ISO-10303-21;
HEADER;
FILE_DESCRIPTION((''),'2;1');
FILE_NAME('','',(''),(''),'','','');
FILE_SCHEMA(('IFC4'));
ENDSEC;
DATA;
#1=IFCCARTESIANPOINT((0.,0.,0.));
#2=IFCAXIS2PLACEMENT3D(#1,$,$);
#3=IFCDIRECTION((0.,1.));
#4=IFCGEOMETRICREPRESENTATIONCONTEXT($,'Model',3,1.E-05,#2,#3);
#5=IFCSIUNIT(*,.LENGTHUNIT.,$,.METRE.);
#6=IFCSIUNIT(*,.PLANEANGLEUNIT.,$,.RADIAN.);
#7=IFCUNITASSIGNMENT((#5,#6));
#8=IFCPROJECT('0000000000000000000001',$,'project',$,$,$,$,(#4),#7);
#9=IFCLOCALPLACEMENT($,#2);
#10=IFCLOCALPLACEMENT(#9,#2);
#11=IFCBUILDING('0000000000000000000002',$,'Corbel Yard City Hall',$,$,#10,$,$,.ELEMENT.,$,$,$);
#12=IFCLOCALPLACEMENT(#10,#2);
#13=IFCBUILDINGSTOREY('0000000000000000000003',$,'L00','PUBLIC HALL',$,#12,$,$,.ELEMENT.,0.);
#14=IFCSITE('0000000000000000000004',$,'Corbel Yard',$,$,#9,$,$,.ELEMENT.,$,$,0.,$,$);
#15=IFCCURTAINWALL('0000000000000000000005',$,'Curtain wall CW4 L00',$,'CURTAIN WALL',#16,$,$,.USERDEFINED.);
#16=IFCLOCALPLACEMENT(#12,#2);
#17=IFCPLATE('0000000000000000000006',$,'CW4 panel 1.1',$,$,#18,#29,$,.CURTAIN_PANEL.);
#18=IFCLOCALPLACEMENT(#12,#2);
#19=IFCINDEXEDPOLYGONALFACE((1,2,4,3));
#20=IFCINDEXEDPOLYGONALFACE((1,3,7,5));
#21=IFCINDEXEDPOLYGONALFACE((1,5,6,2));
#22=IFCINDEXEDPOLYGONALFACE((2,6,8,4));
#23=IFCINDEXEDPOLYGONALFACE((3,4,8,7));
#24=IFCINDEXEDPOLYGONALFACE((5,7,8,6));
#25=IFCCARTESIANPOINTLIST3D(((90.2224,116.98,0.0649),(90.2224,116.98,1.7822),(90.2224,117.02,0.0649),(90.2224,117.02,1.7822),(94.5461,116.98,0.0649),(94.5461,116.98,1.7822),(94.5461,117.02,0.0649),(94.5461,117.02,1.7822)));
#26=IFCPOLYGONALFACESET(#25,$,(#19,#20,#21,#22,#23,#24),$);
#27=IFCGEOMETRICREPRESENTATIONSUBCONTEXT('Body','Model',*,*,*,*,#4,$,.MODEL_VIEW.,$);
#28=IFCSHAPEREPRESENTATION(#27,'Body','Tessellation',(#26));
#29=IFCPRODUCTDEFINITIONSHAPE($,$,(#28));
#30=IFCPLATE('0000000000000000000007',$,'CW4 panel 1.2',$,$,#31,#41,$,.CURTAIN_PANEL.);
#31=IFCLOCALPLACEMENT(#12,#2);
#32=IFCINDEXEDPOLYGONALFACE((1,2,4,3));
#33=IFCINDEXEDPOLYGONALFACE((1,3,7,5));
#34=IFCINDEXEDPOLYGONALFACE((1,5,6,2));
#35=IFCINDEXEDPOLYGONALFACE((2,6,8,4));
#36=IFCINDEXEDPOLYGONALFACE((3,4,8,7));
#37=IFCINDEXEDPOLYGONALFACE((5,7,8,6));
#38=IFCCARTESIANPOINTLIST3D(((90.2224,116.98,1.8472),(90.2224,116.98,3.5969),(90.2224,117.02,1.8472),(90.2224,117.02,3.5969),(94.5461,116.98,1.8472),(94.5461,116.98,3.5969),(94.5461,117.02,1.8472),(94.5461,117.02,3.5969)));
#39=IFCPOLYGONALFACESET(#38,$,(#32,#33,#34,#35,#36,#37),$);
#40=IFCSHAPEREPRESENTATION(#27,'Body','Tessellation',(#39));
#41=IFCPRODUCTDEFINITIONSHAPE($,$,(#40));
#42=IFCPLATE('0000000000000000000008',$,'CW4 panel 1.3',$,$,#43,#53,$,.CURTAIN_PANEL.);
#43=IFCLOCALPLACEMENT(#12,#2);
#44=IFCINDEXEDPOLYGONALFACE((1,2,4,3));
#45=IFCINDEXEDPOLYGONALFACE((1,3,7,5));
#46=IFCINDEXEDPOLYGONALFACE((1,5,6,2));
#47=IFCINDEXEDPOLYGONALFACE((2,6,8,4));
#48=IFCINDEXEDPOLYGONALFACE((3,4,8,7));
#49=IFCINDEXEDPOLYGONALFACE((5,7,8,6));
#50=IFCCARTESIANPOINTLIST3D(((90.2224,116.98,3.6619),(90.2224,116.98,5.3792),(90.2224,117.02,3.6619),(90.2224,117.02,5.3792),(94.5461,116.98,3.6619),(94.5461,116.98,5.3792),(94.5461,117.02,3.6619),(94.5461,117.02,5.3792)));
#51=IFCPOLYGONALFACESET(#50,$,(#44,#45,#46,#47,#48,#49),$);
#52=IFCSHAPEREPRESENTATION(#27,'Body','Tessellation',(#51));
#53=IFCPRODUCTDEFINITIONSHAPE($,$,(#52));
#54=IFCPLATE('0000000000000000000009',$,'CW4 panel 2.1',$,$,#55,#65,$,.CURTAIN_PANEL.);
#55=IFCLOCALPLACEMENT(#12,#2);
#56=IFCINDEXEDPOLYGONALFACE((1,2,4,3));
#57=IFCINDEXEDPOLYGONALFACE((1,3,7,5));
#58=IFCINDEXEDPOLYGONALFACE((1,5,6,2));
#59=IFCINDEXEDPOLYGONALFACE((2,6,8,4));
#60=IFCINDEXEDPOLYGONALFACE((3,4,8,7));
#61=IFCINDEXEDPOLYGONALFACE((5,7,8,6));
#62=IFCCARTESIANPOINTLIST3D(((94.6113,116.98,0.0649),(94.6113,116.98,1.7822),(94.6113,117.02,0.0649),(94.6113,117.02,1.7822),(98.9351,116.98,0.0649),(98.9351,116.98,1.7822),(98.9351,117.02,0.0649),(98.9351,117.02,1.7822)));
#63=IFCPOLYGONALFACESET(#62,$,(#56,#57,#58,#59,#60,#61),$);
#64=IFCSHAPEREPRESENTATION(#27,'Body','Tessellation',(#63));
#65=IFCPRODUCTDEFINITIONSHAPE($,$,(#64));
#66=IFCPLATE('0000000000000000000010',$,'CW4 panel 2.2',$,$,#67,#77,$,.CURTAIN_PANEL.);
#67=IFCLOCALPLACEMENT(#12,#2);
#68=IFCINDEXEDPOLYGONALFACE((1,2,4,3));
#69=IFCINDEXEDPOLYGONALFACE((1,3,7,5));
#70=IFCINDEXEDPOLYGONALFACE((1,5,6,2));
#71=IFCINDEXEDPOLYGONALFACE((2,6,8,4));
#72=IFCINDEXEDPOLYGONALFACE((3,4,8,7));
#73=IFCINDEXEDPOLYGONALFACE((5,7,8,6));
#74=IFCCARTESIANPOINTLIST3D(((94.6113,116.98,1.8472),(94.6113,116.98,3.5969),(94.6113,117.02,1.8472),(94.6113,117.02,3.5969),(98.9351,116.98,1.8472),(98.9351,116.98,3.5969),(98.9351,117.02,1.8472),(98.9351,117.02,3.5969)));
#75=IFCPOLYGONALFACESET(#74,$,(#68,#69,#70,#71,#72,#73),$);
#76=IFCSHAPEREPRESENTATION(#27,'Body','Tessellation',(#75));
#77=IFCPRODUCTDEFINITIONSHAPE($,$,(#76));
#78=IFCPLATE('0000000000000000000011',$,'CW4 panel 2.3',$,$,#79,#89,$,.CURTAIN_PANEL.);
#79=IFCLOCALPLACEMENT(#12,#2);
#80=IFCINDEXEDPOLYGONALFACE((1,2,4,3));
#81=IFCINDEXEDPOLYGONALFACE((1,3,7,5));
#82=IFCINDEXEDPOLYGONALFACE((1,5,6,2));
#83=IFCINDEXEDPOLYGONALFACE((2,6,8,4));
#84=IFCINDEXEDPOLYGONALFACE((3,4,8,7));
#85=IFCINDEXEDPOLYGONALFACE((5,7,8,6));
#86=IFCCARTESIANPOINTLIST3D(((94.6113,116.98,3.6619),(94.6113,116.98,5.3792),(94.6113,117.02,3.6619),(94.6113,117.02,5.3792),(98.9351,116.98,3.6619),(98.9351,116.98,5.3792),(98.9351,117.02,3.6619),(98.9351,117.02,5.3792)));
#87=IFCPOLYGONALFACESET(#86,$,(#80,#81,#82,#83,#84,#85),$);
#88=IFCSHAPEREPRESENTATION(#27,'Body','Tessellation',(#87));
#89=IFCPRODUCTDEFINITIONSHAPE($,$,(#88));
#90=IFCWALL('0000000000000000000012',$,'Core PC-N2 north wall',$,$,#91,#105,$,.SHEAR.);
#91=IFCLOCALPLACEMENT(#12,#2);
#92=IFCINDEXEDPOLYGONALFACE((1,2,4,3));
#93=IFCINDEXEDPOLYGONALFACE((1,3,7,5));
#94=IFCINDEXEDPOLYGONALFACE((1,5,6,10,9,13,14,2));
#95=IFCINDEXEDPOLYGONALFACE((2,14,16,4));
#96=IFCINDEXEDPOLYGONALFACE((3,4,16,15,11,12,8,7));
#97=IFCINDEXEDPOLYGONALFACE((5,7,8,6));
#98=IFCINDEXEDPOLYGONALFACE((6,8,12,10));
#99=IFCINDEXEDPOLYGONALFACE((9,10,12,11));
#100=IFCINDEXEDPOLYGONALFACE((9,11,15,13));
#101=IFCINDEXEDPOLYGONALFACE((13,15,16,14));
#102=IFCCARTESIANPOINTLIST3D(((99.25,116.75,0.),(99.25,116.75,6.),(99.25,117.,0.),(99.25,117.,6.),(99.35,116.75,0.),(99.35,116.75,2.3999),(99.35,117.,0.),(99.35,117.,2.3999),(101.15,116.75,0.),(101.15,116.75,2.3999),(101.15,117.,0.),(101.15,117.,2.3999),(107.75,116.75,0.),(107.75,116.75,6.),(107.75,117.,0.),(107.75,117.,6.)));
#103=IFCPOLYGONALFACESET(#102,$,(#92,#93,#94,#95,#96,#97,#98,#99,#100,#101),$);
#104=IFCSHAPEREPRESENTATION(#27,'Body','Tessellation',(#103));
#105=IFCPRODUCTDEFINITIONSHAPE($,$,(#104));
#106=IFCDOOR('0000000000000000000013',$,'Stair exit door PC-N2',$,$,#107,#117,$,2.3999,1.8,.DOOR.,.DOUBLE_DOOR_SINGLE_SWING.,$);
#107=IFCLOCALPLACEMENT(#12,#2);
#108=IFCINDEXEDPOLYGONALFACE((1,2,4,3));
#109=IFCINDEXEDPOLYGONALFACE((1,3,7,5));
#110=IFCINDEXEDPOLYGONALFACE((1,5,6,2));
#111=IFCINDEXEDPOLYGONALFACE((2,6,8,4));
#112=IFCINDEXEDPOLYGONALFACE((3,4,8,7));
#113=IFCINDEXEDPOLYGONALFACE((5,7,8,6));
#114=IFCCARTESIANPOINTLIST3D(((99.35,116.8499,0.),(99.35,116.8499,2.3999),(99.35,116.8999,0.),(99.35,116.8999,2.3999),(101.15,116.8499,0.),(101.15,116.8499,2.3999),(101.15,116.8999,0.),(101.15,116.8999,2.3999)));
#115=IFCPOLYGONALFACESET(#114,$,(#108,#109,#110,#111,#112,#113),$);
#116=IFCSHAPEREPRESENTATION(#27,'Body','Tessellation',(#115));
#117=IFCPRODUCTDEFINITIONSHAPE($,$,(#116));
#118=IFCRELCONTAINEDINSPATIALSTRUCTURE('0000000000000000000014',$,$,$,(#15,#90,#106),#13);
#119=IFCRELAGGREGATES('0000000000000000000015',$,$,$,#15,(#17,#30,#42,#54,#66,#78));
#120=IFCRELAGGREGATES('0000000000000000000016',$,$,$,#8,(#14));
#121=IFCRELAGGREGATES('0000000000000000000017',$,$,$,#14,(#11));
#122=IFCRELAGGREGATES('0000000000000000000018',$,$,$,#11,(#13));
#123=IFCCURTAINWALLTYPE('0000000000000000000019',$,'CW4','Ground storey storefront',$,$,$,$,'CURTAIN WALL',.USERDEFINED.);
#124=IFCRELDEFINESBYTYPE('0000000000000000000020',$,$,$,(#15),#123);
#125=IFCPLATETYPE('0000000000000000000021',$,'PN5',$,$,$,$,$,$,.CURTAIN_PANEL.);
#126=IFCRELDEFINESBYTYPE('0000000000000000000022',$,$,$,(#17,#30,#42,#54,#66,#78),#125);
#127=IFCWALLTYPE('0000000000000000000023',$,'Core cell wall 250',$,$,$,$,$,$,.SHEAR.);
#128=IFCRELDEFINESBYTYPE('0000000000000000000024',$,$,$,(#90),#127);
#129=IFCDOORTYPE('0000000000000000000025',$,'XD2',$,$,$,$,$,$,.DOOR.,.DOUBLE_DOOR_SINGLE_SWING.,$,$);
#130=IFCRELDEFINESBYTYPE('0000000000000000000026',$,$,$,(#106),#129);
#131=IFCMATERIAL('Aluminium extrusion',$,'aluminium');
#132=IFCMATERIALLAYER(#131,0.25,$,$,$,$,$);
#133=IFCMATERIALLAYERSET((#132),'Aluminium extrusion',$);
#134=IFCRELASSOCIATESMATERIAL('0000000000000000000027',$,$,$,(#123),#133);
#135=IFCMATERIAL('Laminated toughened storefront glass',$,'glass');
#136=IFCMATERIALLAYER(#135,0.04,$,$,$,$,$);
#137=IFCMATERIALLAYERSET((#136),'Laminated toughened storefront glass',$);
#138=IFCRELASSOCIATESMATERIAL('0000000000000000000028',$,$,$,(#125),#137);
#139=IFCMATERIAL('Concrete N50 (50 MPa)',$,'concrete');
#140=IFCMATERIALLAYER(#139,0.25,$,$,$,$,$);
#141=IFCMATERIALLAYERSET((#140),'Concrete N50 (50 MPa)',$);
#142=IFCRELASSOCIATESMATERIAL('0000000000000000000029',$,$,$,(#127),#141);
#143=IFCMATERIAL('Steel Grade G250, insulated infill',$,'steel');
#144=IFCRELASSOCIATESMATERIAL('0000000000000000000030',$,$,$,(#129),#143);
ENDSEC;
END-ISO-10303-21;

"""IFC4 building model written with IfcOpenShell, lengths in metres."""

from ifc_helpers import new_model, si_unit, direction, frame, frame_2d, origin, origin_2d, place, context, subcontext, project, spatial, rectangle, extrude, material, layer, layer_set, type_object, element, fill, aggregate, save


model = new_model("IFC4")

# Units and contexts
model_context = context("Model", 3, precision=1e-05, world=origin(), true_north=direction((0.0, 1.0)))
body_context = subcontext(model_context, "Body", "Model", "MODEL_VIEW")
ifc_project = project(units=[si_unit("LENGTHUNIT", "METRE"), si_unit("PLANEANGLEUNIT", "RADIAN")], contexts=[model_context])

# Site, building, storey
site_placement = place(None, origin())
site = spatial("IfcSite", under=ifc_project, at=site_placement, Name="Corbel Yard", CompositionType="ELEMENT", RefElevation=0.0)
building_placement = place(site_placement, origin())
building = spatial("IfcBuilding", under=site, at=building_placement, Name="Corbel Yard City Hall", CompositionType="ELEMENT")
storey_placement = place(building_placement, origin())
storey = spatial("IfcBuildingStorey", under=building, at=storey_placement, Name="L00", Description="PUBLIC HALL", CompositionType="ELEMENT", Elevation=0.0)

# Curtain wall, plates
ifc_material_1 = material(Name="Aluminium extrusion", Category="aluminium")
ifc_layer_1 = layer(ifc_material_1, 0.25)
ifc_layer_set_1 = layer_set([ifc_layer_1], Name="Aluminium extrusion")
curtain_wall_type = type_object("IfcCurtainWallType", Name="CW4", Description="Ground storey storefront", ElementType="CURTAIN WALL", PredefinedType="USERDEFINED", material=ifc_layer_set_1)
curtain_wall_placement = place(storey_placement, origin())
curtain_wall = element("IfcCurtainWall", 1, at=curtain_wall_placement, inside=storey, type_object=curtain_wall_type, Name="Curtain wall CW4 L00", ObjectType="CURTAIN WALL", PredefinedType="USERDEFINED")
ifc_material_2 = material(Name="Laminated toughened storefront glass", Category="glass")
ifc_layer_2 = layer(ifc_material_2, 0.04)
ifc_layer_set_2 = layer_set([ifc_layer_2], Name="Laminated toughened storefront glass")
plate_type = type_object("IfcPlateType", Name="PN5", PredefinedType="CURTAIN_PANEL", material=ifc_layer_set_2)
plate_1_placement = place(storey_placement, frame((92.3843, 117.0, 0.0649), z_axis=(0.0, 0.0, 1.0), x_axis=(1.0, 0.0, 0.0)))
plate_1 = element("IfcPlate", 2, at=plate_1_placement, type_object=plate_type, Name="CW4 panel 1.1", PredefinedType="CURTAIN_PANEL", context=body_context, shape_type="SweptSolid", body=[
    extrude(rectangle(XDim=4.3237, YDim=0.04, at=origin_2d()), origin(), (0.0, 0.0, 1.0), 1.7173),
])
plate_2_placement = place(storey_placement, frame((92.3843, 117.0, 1.8472), z_axis=(0.0, 0.0, 1.0), x_axis=(1.0, 0.0, 0.0)))
plate_2 = element("IfcPlate", 3, at=plate_2_placement, type_object=plate_type, Name="CW4 panel 1.2", PredefinedType="CURTAIN_PANEL", context=body_context, shape_type="SweptSolid", body=[
    extrude(rectangle(XDim=4.3237, YDim=0.04, at=origin_2d()), origin(), (0.0, 0.0, 1.0), 1.7498),
])
plate_3_placement = place(storey_placement, frame((92.3843, 117.0, 3.6619), z_axis=(0.0, 0.0, 1.0), x_axis=(1.0, 0.0, 0.0)))
plate_3 = element("IfcPlate", 4, at=plate_3_placement, type_object=plate_type, Name="CW4 panel 1.3", PredefinedType="CURTAIN_PANEL", context=body_context, shape_type="SweptSolid", body=[
    extrude(rectangle(XDim=4.3237, YDim=0.04, at=origin_2d()), origin(), (0.0, 0.0, 1.0), 1.7173),
])
plate_4_placement = place(storey_placement, frame((96.7732, 117.0, 0.0649), z_axis=(0.0, 0.0, 1.0), x_axis=(1.0, 0.0, 0.0)))
plate_4 = element("IfcPlate", 5, at=plate_4_placement, type_object=plate_type, Name="CW4 panel 2.1", PredefinedType="CURTAIN_PANEL", context=body_context, shape_type="SweptSolid", body=[
    extrude(rectangle(XDim=4.3237, YDim=0.04, at=origin_2d()), origin(), (0.0, 0.0, 1.0), 1.7173),
])
plate_5_placement = place(storey_placement, frame((96.7732, 117.0, 1.8472), z_axis=(0.0, 0.0, 1.0), x_axis=(1.0, 0.0, 0.0)))
plate_5 = element("IfcPlate", 6, at=plate_5_placement, type_object=plate_type, Name="CW4 panel 2.2", PredefinedType="CURTAIN_PANEL", context=body_context, shape_type="SweptSolid", body=[
    extrude(rectangle(XDim=4.3237, YDim=0.04, at=origin_2d()), origin(), (0.0, 0.0, 1.0), 1.7498),
])
plate_6_placement = place(storey_placement, frame((96.7732, 117.0, 3.6619), z_axis=(0.0, 0.0, 1.0), x_axis=(1.0, 0.0, 0.0)))
plate_6 = element("IfcPlate", 7, at=plate_6_placement, type_object=plate_type, Name="CW4 panel 2.3", PredefinedType="CURTAIN_PANEL", context=body_context, shape_type="SweptSolid", body=[
    extrude(rectangle(XDim=4.3237, YDim=0.04, at=origin_2d()), origin(), (0.0, 0.0, 1.0), 1.7173),
])
aggregate(curtain_wall, [plate_1, plate_2, plate_3, plate_4, plate_5, plate_6])

# Wall, opening, door
ifc_material_3 = material(Name="Concrete N50 (50 MPa)", Category="concrete")
ifc_layer_3 = layer(ifc_material_3, 0.25)
ifc_layer_set_3 = layer_set([ifc_layer_3], Name="Concrete N50 (50 MPa)")
wall_type = type_object("IfcWallType", Name="Core cell wall 250", PredefinedType="SHEAR", material=ifc_layer_set_3)
wall_placement = place(storey_placement, frame((99.25, 116.875, 0.0), z_axis=(0.0, 0.0, 1.0), x_axis=(1.0, 0.0, 0.0)))
wall = element("IfcWall", 8, at=wall_placement, inside=storey, type_object=wall_type, Name="Core PC-N2 north wall", PredefinedType="SHEAR", context=body_context, shape_type="SweptSolid", body=[
    extrude(rectangle(XDim=8.5, YDim=0.25, at=frame_2d((4.25, 0.0))), origin(), (0.0, 0.0, 1.0), 6.0),
])
opening_placement = place(wall_placement, frame((0.1001, 0.0, 0.0)))
opening = element("IfcOpeningElement", 9, at=opening_placement, cuts=wall, PredefinedType="OPENING", context=body_context, shape_type="SweptSolid", body=[
    extrude(rectangle(XDim=1.8, YDim=2.3999, at=frame_2d((0.8999, 1.2))), frame((0.0, 0.135, 0.0), z_axis=(0.0, -1.0, 0.0), x_axis=(1.0, 0.0, 0.0)), (0.0, 0.0, 1.0), 0.27),
])
ifc_material_4 = material(Name="Steel Grade G250, insulated infill", Category="steel")
door_type = type_object("IfcDoorType", Name="XD2", OperationType="DOUBLE_DOOR_SINGLE_SWING", PredefinedType="DOOR", material=ifc_material_4)
door_placement = place(opening_placement, origin())
door = element("IfcDoor", 10, at=door_placement, inside=storey, type_object=door_type, Name="Stair exit door PC-N2", OperationType="DOUBLE_DOOR_SINGLE_SWING", OverallHeight=2.3999, OverallWidth=1.8, PredefinedType="DOOR", context=body_context, shape_type="SweptSolid", body=[
    extrude(rectangle(XDim=1.8, YDim=2.3999, at=frame_2d((0.8999, 1.2))), frame((0.0, 0.0249, 0.0), z_axis=(0.0, -1.0, 0.0), x_axis=(1.0, 0.0, 0.0)), (0.0, 0.0, 1.0), 0.05),
])
fill(opening, door)

save(model, "model.ifc")
